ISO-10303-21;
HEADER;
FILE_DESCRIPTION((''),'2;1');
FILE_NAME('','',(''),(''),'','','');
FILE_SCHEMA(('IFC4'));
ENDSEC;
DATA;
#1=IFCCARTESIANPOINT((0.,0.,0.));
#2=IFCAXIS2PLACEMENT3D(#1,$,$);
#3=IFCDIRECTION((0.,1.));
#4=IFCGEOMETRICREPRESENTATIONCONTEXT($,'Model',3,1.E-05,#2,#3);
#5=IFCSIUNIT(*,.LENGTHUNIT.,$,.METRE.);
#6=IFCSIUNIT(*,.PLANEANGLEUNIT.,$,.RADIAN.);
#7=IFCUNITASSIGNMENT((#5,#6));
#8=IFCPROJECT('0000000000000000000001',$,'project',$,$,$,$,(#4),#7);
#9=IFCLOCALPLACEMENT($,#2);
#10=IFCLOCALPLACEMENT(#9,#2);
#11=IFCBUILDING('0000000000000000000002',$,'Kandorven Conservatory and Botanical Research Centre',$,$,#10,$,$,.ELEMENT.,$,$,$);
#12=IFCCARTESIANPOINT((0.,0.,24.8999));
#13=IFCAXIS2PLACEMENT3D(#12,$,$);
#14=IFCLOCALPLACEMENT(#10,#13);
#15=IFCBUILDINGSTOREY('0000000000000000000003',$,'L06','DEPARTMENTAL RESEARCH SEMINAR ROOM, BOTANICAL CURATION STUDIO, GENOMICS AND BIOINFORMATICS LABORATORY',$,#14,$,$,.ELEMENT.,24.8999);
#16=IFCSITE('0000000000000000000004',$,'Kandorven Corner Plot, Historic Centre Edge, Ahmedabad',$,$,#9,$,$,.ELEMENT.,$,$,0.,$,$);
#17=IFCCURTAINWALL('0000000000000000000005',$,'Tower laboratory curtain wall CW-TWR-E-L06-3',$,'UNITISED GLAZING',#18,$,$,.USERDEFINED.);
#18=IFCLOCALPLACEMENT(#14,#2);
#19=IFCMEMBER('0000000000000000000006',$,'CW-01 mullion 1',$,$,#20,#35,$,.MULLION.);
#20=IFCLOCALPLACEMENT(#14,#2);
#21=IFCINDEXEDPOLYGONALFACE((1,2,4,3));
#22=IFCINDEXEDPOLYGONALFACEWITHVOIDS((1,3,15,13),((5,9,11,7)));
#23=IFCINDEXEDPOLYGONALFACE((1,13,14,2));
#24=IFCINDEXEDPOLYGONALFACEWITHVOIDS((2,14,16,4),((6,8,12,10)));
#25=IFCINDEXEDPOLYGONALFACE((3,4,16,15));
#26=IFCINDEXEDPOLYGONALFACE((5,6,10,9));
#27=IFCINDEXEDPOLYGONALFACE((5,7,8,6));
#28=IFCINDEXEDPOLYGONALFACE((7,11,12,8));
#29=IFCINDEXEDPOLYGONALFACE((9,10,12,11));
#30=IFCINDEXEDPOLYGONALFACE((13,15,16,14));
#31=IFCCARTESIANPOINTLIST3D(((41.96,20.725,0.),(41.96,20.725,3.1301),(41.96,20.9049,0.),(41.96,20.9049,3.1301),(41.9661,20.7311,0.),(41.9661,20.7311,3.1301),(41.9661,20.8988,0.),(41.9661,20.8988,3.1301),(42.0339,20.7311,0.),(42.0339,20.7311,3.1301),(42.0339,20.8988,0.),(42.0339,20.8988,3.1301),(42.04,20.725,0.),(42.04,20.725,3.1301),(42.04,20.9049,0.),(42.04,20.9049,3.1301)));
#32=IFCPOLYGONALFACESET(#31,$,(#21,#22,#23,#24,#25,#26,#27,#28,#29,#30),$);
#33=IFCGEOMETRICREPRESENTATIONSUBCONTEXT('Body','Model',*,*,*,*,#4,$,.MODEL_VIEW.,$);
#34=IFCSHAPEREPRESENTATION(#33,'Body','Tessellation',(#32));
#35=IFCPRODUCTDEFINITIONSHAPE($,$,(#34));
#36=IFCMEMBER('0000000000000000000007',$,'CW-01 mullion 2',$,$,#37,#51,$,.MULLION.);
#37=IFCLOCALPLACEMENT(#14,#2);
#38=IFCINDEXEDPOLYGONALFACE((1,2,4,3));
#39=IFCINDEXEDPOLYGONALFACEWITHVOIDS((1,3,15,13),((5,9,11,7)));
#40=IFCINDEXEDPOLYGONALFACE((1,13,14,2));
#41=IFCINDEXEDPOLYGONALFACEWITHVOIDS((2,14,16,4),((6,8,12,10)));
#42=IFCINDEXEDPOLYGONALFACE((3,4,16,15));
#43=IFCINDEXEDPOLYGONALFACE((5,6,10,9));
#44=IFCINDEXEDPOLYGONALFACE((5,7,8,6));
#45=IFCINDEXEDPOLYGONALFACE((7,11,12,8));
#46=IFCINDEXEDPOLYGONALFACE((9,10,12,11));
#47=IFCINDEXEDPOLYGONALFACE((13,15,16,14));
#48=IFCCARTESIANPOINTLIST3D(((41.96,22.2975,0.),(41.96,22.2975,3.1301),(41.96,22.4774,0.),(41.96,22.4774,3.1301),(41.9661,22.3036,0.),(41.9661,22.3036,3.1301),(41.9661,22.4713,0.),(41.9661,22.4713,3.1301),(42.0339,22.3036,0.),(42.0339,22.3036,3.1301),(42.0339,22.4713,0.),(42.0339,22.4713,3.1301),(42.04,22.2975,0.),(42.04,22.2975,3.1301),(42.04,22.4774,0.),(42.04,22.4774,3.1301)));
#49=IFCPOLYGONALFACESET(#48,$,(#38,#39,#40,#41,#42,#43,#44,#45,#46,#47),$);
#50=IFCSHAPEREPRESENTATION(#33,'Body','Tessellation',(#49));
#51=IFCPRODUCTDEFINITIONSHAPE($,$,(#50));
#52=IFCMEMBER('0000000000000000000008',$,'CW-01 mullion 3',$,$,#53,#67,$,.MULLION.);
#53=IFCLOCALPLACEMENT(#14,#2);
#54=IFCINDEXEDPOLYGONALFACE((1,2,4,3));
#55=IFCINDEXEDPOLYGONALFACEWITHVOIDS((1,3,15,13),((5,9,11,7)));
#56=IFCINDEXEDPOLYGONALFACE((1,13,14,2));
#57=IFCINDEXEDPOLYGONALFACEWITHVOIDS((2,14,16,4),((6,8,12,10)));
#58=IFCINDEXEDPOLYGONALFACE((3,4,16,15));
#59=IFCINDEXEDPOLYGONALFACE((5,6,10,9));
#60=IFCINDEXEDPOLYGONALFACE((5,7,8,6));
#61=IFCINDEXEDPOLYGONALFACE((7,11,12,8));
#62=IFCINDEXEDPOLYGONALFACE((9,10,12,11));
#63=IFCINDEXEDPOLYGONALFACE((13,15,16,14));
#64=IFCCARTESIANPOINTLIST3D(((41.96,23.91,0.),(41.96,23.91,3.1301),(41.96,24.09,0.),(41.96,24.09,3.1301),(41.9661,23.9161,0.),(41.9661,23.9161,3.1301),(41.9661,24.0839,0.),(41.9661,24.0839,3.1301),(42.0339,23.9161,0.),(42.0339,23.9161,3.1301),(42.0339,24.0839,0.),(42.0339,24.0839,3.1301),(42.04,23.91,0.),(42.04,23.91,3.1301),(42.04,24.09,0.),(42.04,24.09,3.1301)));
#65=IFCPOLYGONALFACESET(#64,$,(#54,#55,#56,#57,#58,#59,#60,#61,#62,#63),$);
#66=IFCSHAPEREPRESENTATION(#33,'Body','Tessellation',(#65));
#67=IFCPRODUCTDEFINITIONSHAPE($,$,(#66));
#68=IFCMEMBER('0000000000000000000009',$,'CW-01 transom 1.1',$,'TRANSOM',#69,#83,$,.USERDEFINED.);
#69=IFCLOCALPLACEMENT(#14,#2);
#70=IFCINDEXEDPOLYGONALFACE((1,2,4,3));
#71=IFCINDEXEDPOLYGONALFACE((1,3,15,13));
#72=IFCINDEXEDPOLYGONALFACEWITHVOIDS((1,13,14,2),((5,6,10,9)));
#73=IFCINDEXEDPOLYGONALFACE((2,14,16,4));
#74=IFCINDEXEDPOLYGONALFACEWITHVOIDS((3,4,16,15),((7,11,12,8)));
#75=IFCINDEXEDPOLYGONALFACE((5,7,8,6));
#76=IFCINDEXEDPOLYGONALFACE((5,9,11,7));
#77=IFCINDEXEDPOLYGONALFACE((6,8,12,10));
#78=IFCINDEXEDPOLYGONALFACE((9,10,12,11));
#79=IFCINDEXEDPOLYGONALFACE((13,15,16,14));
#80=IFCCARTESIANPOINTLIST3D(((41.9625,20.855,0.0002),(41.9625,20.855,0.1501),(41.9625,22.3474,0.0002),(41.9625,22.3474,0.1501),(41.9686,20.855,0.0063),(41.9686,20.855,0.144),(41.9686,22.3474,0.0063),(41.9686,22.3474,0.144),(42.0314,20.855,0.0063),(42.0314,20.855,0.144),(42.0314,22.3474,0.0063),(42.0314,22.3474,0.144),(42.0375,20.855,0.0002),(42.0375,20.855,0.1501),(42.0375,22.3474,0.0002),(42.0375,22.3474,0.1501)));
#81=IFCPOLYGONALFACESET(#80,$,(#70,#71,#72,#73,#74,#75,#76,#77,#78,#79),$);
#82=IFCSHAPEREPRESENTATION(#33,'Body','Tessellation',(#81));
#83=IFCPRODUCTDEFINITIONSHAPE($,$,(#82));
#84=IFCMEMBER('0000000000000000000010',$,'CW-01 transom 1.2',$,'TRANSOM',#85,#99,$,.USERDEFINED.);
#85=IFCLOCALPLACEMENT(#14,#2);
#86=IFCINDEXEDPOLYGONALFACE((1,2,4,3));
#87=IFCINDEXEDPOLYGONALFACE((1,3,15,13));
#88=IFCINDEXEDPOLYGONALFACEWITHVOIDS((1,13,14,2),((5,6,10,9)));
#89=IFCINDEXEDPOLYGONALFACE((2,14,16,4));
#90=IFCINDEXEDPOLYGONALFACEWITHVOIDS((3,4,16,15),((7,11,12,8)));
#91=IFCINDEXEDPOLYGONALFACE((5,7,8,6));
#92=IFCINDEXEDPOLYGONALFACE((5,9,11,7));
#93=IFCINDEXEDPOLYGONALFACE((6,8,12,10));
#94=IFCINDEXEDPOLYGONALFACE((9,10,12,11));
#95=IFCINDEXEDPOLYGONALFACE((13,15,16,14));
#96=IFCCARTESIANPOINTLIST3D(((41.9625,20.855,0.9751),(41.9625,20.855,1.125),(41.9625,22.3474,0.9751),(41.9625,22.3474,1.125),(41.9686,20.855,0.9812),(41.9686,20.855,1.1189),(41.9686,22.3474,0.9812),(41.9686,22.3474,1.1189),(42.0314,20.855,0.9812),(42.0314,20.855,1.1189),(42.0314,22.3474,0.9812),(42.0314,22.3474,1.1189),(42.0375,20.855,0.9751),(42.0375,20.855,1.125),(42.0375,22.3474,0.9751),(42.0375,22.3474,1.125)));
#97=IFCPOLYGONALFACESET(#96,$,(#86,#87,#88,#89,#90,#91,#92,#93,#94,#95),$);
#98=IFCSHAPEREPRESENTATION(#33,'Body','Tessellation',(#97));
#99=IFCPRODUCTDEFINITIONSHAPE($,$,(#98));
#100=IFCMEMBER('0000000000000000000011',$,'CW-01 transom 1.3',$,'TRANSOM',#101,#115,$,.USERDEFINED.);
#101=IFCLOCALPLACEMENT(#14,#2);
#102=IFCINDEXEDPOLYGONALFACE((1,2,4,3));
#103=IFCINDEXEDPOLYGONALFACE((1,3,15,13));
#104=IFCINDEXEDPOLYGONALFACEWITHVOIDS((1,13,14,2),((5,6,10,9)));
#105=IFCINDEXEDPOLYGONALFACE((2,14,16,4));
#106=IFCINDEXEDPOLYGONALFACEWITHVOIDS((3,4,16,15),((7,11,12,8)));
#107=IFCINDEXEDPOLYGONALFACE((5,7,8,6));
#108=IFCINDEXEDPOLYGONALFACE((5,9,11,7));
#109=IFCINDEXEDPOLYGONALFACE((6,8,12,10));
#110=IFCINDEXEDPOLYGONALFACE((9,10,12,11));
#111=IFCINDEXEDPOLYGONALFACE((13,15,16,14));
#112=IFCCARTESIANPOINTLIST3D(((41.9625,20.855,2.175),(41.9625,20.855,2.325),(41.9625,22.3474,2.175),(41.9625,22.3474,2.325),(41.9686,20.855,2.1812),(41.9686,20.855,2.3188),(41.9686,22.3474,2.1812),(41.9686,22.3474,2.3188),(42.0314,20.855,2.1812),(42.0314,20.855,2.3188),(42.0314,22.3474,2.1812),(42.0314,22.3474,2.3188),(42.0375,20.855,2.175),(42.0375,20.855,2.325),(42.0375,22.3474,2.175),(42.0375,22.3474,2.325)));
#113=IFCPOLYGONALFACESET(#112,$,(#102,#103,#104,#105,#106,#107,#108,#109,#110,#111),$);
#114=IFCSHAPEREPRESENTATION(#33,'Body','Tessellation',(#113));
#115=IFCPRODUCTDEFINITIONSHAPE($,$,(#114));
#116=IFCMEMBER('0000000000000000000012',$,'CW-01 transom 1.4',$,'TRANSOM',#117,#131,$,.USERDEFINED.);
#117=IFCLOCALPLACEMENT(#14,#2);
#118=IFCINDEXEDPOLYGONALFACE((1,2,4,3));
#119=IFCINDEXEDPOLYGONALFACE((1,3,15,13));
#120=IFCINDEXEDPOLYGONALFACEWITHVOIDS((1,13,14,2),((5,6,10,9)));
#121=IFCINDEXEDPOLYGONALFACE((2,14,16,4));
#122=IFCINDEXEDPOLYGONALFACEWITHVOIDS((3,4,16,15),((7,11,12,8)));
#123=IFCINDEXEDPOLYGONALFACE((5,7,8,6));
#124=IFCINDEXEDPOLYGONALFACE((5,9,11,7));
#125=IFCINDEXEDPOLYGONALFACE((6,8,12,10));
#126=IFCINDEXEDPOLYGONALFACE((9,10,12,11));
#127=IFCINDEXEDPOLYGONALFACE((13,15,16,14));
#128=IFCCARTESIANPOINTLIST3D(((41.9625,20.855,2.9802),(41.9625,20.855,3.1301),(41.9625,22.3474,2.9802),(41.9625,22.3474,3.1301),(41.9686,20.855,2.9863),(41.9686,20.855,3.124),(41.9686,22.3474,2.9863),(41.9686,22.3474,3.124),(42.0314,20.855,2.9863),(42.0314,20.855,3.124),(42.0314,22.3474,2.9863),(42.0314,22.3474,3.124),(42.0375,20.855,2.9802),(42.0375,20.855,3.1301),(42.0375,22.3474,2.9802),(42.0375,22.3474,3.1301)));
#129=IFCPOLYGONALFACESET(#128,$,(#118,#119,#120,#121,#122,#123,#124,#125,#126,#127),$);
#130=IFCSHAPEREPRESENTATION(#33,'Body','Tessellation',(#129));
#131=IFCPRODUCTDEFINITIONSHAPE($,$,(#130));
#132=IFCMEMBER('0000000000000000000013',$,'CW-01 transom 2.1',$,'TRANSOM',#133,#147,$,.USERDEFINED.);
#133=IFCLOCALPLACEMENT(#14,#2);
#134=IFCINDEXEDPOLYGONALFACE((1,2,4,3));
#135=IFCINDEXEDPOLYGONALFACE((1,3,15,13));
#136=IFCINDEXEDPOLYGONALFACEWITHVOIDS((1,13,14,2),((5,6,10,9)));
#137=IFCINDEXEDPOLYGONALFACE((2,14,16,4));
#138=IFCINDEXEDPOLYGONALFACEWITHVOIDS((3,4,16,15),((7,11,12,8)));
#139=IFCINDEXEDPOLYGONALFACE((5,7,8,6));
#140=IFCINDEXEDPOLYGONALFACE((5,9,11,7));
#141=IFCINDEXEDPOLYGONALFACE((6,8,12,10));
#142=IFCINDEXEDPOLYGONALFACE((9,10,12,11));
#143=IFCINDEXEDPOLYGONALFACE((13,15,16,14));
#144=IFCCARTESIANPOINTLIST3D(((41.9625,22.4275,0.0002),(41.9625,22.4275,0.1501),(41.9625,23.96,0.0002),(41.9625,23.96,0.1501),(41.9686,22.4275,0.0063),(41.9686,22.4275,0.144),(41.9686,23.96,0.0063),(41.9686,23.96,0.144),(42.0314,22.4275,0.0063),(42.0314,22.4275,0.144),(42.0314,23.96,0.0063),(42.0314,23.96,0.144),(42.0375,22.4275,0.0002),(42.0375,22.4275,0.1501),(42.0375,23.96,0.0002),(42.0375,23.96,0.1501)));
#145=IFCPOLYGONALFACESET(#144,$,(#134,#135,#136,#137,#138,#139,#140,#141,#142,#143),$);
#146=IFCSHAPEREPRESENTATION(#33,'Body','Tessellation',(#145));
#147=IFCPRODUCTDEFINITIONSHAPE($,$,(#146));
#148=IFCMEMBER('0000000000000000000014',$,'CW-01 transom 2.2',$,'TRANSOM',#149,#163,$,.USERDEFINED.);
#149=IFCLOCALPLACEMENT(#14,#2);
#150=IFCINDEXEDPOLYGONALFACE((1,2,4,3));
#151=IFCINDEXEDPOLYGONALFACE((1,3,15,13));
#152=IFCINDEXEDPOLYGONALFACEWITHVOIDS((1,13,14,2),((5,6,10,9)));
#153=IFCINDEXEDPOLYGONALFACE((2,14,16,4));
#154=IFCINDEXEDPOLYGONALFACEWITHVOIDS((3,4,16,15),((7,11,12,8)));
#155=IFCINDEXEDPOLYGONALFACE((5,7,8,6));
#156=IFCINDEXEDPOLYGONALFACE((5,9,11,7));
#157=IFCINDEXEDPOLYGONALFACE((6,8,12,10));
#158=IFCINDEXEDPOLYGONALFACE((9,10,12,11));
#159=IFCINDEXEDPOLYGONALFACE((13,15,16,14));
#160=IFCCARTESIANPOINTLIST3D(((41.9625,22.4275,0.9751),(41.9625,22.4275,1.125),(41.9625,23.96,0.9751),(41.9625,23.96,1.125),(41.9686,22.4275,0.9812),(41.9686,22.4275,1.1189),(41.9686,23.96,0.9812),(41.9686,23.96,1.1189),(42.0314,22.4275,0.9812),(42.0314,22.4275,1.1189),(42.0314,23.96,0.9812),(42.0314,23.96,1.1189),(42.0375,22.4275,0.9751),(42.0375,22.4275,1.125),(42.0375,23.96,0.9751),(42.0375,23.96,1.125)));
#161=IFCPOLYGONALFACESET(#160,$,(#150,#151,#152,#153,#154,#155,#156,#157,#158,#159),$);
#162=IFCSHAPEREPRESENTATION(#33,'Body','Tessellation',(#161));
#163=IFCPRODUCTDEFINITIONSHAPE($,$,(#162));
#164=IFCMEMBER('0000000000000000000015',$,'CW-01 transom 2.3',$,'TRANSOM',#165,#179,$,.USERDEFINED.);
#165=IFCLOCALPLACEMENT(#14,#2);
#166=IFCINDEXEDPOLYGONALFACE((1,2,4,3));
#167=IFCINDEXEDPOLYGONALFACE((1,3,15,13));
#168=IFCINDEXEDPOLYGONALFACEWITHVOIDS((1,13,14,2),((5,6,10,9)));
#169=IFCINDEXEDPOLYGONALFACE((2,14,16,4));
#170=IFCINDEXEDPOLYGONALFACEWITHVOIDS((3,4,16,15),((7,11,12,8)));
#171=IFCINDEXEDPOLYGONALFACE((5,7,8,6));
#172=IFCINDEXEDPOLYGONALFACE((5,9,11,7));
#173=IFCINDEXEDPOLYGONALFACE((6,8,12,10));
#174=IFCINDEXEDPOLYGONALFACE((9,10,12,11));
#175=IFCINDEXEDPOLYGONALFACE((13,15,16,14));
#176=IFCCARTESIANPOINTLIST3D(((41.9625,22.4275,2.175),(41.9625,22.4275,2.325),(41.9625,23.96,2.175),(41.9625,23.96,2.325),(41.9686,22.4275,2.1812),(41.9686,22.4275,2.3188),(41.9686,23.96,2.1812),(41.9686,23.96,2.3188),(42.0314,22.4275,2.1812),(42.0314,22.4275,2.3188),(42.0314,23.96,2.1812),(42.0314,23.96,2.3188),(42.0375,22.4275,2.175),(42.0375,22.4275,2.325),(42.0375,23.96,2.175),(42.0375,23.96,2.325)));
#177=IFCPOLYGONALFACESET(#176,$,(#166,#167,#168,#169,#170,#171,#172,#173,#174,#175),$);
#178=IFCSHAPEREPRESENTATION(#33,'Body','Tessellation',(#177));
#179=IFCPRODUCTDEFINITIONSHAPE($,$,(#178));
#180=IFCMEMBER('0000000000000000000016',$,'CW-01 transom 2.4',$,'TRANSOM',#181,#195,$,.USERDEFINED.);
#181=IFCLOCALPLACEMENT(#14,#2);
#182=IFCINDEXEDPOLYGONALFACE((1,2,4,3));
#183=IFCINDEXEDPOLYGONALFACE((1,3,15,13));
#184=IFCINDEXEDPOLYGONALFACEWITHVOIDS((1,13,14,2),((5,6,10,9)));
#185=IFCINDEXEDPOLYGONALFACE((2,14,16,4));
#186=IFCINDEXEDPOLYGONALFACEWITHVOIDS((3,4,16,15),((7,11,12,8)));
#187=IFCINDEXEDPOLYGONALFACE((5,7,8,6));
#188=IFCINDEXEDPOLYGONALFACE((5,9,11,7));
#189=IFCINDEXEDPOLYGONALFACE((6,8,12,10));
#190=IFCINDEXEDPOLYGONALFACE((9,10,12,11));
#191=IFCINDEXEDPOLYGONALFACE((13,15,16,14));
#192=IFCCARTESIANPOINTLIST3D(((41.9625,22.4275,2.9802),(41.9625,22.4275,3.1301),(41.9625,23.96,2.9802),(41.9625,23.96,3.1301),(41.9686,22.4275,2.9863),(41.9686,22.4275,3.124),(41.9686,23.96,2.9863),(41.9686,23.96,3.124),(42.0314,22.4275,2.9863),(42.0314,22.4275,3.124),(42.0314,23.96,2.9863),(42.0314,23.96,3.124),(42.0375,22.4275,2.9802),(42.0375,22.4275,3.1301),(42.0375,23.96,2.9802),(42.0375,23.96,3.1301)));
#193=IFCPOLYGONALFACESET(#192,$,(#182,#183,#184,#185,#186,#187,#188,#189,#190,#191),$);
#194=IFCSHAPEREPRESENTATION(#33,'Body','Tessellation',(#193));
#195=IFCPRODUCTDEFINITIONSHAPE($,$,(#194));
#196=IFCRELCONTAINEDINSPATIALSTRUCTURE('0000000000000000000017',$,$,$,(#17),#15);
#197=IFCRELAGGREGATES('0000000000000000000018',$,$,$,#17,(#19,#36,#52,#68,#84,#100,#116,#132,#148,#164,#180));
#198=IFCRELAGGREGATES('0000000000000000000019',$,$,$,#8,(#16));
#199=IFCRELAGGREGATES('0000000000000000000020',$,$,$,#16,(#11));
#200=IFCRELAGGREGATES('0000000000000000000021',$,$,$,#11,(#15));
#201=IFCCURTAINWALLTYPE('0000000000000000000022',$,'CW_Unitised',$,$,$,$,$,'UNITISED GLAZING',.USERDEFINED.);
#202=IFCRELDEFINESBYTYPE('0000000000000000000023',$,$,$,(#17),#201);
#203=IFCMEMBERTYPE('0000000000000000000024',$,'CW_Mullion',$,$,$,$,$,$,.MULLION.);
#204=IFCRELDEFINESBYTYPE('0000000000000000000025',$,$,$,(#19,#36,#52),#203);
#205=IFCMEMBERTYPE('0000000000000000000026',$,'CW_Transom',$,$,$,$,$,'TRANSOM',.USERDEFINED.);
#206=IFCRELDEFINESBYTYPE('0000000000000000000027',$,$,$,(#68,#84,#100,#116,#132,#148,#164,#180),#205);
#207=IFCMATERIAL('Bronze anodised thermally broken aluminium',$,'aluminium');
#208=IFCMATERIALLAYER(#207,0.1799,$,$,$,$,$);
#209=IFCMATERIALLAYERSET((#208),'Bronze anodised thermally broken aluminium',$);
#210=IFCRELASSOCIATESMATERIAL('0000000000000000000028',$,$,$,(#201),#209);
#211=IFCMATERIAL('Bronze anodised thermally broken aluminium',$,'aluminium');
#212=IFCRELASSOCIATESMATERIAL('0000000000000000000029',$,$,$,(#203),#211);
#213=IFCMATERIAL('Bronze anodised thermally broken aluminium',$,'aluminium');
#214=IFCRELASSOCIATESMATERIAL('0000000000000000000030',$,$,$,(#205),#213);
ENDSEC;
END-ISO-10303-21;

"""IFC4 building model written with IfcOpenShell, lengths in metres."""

from ifc_helpers import new_model, si_unit, direction, frame, origin, origin_2d, place, context, subcontext, project, spatial, hollow_rectangle, extrude, material, layer, layer_set, material_profile, profile_set, type_object, element, aggregate, save


model = new_model("IFC4")

# Units and contexts
model_context = context("Model", 3, precision=1e-05, world=origin(), true_north=direction((0.0, 1.0)))
body_context = subcontext(model_context, "Body", "Model", "MODEL_VIEW")
ifc_project = project(units=[si_unit("LENGTHUNIT", "METRE"), si_unit("PLANEANGLEUNIT", "RADIAN")], contexts=[model_context])

# Site, building, storey
site_placement = place(None, origin())
site = spatial("IfcSite", under=ifc_project, at=site_placement, Name="Kandorven Corner Plot, Historic Centre Edge, Ahmedabad", CompositionType="ELEMENT", RefElevation=0.0)
building_placement = place(site_placement, origin())
building = spatial("IfcBuilding", under=site, at=building_placement, Name="Kandorven Conservatory and Botanical Research Centre", CompositionType="ELEMENT")
storey_placement = place(building_placement, frame((0.0, 0.0, 24.8999)))
storey = spatial("IfcBuildingStorey", under=building, at=storey_placement, Name="L06", Description="DEPARTMENTAL RESEARCH SEMINAR ROOM, BOTANICAL CURATION STUDIO, GENOMICS AND BIOINFORMATICS LABORATORY", CompositionType="ELEMENT", Elevation=24.8999)

# Shared definitions
ifc_material_1 = material(Name="Bronze anodised thermally broken aluminium", Category="aluminium")
ifc_layer_1 = layer(ifc_material_1, 0.1799)
ifc_layer_set_1 = layer_set([ifc_layer_1], Name="Bronze anodised thermally broken aluminium")
curtain_wall_type = type_object("IfcCurtainWallType", Name="CW_Unitised", ElementType="UNITISED GLAZING", PredefinedType="USERDEFINED", material=ifc_layer_set_1)
ifc_material_2 = material(Name="Bronze anodised thermally broken aluminium", Category="aluminium")
ifc_material_profile_1 = material_profile(ifc_material_2, hollow_rectangle(XDim=0.0801, YDim=0.1799, WallThickness=0.0061, at=origin_2d()))
ifc_profile_set_1 = profile_set([ifc_material_profile_1], Name="Bronze anodised thermally broken aluminium")
member_type_1 = type_object("IfcMemberType", Name="CW_Mullion", PredefinedType="MULLION", material=ifc_profile_set_1)

# Curtain wall, members
curtain_wall_1_placement = place(storey_placement, origin())
curtain_wall_1 = element("IfcCurtainWall", 1, at=curtain_wall_1_placement, inside=storey, type_object=curtain_wall_type, Name="Tower laboratory curtain wall CW-TWR-E-L06-3", ObjectType="UNITISED GLAZING", PredefinedType="USERDEFINED")
member_1_placement = place(storey_placement, frame((42.0, 20.8149, 0.0), z_axis=(0.0, 0.0, 1.0), x_axis=(-1.0, 0.0, 0.0)))
member_1 = element("IfcMember", 2, at=member_1_placement, type_object=member_type_1, Name="CW-01 mullion 1", PredefinedType="MULLION", context=body_context, shape_type="SweptSolid", body=[
    extrude(hollow_rectangle(XDim=0.0801, YDim=0.1799, WallThickness=0.0061, at=origin_2d()), origin(), (0.0, 0.0, 1.0), 3.1301),
])
member_2_placement = place(storey_placement, frame((42.0, 22.3875, 0.0), z_axis=(0.0, 0.0, 1.0), x_axis=(-1.0, 0.0, 0.0)))
member_2 = element("IfcMember", 3, at=member_2_placement, type_object=member_type_1, Name="CW-01 mullion 2", PredefinedType="MULLION", context=body_context, shape_type="SweptSolid", body=[
    extrude(hollow_rectangle(XDim=0.0801, YDim=0.1799, WallThickness=0.0061, at=origin_2d()), origin(), (0.0, 0.0, 1.0), 3.1301),
])
member_3_placement = place(storey_placement, frame((42.0, 24.0, 0.0), z_axis=(0.0, 0.0, 1.0), x_axis=(-1.0, 0.0, 0.0)))
member_3 = element("IfcMember", 4, at=member_3_placement, type_object=member_type_1, Name="CW-01 mullion 3", PredefinedType="MULLION", context=body_context, shape_type="SweptSolid", body=[
    extrude(hollow_rectangle(XDim=0.0801, YDim=0.1799, WallThickness=0.0061, at=origin_2d()), origin(), (0.0, 0.0, 1.0), 3.1301),
])
ifc_material_3 = material(Name="Bronze anodised thermally broken aluminium", Category="aluminium")
ifc_material_profile_2 = material_profile(ifc_material_3, hollow_rectangle(XDim=0.075, YDim=0.1499, WallThickness=0.0061, at=origin_2d()))
ifc_profile_set_2 = profile_set([ifc_material_profile_2], Name="Bronze anodised thermally broken aluminium")
member_type_2 = type_object("IfcMemberType", Name="CW_Transom", ElementType="TRANSOM", PredefinedType="USERDEFINED", material=ifc_profile_set_2)
member_4_placement = place(storey_placement, frame((42.0, 20.855, 0.0752), z_axis=(0.0, 1.0, 0.0), x_axis=(-1.0, 0.0, 0.0)))
member_4 = element("IfcMember", 5, at=member_4_placement, type_object=member_type_2, Name="CW-01 transom 1.1", ObjectType="TRANSOM", PredefinedType="USERDEFINED", context=body_context, shape_type="SweptSolid", body=[
    extrude(hollow_rectangle(XDim=0.075, YDim=0.1499, WallThickness=0.0061, at=origin_2d()), origin(), (0.0, 0.0, 1.0), 1.4924),
])
member_5_placement = place(storey_placement, frame((42.0, 20.855, 1.05), z_axis=(0.0, 1.0, 0.0), x_axis=(-1.0, 0.0, 0.0)))
member_5 = element("IfcMember", 6, at=member_5_placement, type_object=member_type_2, Name="CW-01 transom 1.2", ObjectType="TRANSOM", PredefinedType="USERDEFINED", context=body_context, shape_type="SweptSolid", body=[
    extrude(hollow_rectangle(XDim=0.075, YDim=0.1499, WallThickness=0.0061, at=origin_2d()), origin(), (0.0, 0.0, 1.0), 1.4924),
])
member_6_placement = place(storey_placement, frame((42.0, 20.855, 2.25), z_axis=(0.0, 1.0, 0.0), x_axis=(-1.0, 0.0, 0.0)))
member_6 = element("IfcMember", 7, at=member_6_placement, type_object=member_type_2, Name="CW-01 transom 1.3", ObjectType="TRANSOM", PredefinedType="USERDEFINED", context=body_context, shape_type="SweptSolid", body=[
    extrude(hollow_rectangle(XDim=0.075, YDim=0.1499, WallThickness=0.0061, at=origin_2d()), origin(), (0.0, 0.0, 1.0), 1.4924),
])
member_7_placement = place(storey_placement, frame((42.0, 20.855, 3.0552), z_axis=(0.0, 1.0, 0.0), x_axis=(-1.0, 0.0, 0.0)))
member_7 = element("IfcMember", 8, at=member_7_placement, type_object=member_type_2, Name="CW-01 transom 1.4", ObjectType="TRANSOM", PredefinedType="USERDEFINED", context=body_context, shape_type="SweptSolid", body=[
    extrude(hollow_rectangle(XDim=0.075, YDim=0.1499, WallThickness=0.0061, at=origin_2d()), origin(), (0.0, 0.0, 1.0), 1.4924),
])
member_8_placement = place(storey_placement, frame((42.0, 22.4275, 0.0752), z_axis=(0.0, 1.0, 0.0), x_axis=(-1.0, 0.0, 0.0)))
member_8 = element("IfcMember", 9, at=member_8_placement, type_object=member_type_2, Name="CW-01 transom 2.1", ObjectType="TRANSOM", PredefinedType="USERDEFINED", context=body_context, shape_type="SweptSolid", body=[
    extrude(hollow_rectangle(XDim=0.075, YDim=0.1499, WallThickness=0.0061, at=origin_2d()), origin(), (0.0, 0.0, 1.0), 1.5325),
])
member_9_placement = place(storey_placement, frame((42.0, 22.4275, 1.05), z_axis=(0.0, 1.0, 0.0), x_axis=(-1.0, 0.0, 0.0)))
member_9 = element("IfcMember", 10, at=member_9_placement, type_object=member_type_2, Name="CW-01 transom 2.2", ObjectType="TRANSOM", PredefinedType="USERDEFINED", context=body_context, shape_type="SweptSolid", body=[
    extrude(hollow_rectangle(XDim=0.075, YDim=0.1499, WallThickness=0.0061, at=origin_2d()), origin(), (0.0, 0.0, 1.0), 1.5325),
])
member_10_placement = place(storey_placement, frame((42.0, 22.4275, 2.25), z_axis=(0.0, 1.0, 0.0), x_axis=(-1.0, 0.0, 0.0)))
member_10 = element("IfcMember", 11, at=member_10_placement, type_object=member_type_2, Name="CW-01 transom 2.3", ObjectType="TRANSOM", PredefinedType="USERDEFINED", context=body_context, shape_type="SweptSolid", body=[
    extrude(hollow_rectangle(XDim=0.075, YDim=0.1499, WallThickness=0.0061, at=origin_2d()), origin(), (0.0, 0.0, 1.0), 1.5325),
])
member_11_placement = place(storey_placement, frame((42.0, 22.4275, 3.0552), z_axis=(0.0, 1.0, 0.0), x_axis=(-1.0, 0.0, 0.0)))
member_11 = element("IfcMember", 12, at=member_11_placement, type_object=member_type_2, Name="CW-01 transom 2.4", ObjectType="TRANSOM", PredefinedType="USERDEFINED", context=body_context, shape_type="SweptSolid", body=[
    extrude(hollow_rectangle(XDim=0.075, YDim=0.1499, WallThickness=0.0061, at=origin_2d()), origin(), (0.0, 0.0, 1.0), 1.5325),
])

aggregate(curtain_wall_1, [member_1, member_2, member_3, member_4, member_5, member_6, member_7, member_8, member_9, member_10, member_11])

save(model, "model.ifc")
